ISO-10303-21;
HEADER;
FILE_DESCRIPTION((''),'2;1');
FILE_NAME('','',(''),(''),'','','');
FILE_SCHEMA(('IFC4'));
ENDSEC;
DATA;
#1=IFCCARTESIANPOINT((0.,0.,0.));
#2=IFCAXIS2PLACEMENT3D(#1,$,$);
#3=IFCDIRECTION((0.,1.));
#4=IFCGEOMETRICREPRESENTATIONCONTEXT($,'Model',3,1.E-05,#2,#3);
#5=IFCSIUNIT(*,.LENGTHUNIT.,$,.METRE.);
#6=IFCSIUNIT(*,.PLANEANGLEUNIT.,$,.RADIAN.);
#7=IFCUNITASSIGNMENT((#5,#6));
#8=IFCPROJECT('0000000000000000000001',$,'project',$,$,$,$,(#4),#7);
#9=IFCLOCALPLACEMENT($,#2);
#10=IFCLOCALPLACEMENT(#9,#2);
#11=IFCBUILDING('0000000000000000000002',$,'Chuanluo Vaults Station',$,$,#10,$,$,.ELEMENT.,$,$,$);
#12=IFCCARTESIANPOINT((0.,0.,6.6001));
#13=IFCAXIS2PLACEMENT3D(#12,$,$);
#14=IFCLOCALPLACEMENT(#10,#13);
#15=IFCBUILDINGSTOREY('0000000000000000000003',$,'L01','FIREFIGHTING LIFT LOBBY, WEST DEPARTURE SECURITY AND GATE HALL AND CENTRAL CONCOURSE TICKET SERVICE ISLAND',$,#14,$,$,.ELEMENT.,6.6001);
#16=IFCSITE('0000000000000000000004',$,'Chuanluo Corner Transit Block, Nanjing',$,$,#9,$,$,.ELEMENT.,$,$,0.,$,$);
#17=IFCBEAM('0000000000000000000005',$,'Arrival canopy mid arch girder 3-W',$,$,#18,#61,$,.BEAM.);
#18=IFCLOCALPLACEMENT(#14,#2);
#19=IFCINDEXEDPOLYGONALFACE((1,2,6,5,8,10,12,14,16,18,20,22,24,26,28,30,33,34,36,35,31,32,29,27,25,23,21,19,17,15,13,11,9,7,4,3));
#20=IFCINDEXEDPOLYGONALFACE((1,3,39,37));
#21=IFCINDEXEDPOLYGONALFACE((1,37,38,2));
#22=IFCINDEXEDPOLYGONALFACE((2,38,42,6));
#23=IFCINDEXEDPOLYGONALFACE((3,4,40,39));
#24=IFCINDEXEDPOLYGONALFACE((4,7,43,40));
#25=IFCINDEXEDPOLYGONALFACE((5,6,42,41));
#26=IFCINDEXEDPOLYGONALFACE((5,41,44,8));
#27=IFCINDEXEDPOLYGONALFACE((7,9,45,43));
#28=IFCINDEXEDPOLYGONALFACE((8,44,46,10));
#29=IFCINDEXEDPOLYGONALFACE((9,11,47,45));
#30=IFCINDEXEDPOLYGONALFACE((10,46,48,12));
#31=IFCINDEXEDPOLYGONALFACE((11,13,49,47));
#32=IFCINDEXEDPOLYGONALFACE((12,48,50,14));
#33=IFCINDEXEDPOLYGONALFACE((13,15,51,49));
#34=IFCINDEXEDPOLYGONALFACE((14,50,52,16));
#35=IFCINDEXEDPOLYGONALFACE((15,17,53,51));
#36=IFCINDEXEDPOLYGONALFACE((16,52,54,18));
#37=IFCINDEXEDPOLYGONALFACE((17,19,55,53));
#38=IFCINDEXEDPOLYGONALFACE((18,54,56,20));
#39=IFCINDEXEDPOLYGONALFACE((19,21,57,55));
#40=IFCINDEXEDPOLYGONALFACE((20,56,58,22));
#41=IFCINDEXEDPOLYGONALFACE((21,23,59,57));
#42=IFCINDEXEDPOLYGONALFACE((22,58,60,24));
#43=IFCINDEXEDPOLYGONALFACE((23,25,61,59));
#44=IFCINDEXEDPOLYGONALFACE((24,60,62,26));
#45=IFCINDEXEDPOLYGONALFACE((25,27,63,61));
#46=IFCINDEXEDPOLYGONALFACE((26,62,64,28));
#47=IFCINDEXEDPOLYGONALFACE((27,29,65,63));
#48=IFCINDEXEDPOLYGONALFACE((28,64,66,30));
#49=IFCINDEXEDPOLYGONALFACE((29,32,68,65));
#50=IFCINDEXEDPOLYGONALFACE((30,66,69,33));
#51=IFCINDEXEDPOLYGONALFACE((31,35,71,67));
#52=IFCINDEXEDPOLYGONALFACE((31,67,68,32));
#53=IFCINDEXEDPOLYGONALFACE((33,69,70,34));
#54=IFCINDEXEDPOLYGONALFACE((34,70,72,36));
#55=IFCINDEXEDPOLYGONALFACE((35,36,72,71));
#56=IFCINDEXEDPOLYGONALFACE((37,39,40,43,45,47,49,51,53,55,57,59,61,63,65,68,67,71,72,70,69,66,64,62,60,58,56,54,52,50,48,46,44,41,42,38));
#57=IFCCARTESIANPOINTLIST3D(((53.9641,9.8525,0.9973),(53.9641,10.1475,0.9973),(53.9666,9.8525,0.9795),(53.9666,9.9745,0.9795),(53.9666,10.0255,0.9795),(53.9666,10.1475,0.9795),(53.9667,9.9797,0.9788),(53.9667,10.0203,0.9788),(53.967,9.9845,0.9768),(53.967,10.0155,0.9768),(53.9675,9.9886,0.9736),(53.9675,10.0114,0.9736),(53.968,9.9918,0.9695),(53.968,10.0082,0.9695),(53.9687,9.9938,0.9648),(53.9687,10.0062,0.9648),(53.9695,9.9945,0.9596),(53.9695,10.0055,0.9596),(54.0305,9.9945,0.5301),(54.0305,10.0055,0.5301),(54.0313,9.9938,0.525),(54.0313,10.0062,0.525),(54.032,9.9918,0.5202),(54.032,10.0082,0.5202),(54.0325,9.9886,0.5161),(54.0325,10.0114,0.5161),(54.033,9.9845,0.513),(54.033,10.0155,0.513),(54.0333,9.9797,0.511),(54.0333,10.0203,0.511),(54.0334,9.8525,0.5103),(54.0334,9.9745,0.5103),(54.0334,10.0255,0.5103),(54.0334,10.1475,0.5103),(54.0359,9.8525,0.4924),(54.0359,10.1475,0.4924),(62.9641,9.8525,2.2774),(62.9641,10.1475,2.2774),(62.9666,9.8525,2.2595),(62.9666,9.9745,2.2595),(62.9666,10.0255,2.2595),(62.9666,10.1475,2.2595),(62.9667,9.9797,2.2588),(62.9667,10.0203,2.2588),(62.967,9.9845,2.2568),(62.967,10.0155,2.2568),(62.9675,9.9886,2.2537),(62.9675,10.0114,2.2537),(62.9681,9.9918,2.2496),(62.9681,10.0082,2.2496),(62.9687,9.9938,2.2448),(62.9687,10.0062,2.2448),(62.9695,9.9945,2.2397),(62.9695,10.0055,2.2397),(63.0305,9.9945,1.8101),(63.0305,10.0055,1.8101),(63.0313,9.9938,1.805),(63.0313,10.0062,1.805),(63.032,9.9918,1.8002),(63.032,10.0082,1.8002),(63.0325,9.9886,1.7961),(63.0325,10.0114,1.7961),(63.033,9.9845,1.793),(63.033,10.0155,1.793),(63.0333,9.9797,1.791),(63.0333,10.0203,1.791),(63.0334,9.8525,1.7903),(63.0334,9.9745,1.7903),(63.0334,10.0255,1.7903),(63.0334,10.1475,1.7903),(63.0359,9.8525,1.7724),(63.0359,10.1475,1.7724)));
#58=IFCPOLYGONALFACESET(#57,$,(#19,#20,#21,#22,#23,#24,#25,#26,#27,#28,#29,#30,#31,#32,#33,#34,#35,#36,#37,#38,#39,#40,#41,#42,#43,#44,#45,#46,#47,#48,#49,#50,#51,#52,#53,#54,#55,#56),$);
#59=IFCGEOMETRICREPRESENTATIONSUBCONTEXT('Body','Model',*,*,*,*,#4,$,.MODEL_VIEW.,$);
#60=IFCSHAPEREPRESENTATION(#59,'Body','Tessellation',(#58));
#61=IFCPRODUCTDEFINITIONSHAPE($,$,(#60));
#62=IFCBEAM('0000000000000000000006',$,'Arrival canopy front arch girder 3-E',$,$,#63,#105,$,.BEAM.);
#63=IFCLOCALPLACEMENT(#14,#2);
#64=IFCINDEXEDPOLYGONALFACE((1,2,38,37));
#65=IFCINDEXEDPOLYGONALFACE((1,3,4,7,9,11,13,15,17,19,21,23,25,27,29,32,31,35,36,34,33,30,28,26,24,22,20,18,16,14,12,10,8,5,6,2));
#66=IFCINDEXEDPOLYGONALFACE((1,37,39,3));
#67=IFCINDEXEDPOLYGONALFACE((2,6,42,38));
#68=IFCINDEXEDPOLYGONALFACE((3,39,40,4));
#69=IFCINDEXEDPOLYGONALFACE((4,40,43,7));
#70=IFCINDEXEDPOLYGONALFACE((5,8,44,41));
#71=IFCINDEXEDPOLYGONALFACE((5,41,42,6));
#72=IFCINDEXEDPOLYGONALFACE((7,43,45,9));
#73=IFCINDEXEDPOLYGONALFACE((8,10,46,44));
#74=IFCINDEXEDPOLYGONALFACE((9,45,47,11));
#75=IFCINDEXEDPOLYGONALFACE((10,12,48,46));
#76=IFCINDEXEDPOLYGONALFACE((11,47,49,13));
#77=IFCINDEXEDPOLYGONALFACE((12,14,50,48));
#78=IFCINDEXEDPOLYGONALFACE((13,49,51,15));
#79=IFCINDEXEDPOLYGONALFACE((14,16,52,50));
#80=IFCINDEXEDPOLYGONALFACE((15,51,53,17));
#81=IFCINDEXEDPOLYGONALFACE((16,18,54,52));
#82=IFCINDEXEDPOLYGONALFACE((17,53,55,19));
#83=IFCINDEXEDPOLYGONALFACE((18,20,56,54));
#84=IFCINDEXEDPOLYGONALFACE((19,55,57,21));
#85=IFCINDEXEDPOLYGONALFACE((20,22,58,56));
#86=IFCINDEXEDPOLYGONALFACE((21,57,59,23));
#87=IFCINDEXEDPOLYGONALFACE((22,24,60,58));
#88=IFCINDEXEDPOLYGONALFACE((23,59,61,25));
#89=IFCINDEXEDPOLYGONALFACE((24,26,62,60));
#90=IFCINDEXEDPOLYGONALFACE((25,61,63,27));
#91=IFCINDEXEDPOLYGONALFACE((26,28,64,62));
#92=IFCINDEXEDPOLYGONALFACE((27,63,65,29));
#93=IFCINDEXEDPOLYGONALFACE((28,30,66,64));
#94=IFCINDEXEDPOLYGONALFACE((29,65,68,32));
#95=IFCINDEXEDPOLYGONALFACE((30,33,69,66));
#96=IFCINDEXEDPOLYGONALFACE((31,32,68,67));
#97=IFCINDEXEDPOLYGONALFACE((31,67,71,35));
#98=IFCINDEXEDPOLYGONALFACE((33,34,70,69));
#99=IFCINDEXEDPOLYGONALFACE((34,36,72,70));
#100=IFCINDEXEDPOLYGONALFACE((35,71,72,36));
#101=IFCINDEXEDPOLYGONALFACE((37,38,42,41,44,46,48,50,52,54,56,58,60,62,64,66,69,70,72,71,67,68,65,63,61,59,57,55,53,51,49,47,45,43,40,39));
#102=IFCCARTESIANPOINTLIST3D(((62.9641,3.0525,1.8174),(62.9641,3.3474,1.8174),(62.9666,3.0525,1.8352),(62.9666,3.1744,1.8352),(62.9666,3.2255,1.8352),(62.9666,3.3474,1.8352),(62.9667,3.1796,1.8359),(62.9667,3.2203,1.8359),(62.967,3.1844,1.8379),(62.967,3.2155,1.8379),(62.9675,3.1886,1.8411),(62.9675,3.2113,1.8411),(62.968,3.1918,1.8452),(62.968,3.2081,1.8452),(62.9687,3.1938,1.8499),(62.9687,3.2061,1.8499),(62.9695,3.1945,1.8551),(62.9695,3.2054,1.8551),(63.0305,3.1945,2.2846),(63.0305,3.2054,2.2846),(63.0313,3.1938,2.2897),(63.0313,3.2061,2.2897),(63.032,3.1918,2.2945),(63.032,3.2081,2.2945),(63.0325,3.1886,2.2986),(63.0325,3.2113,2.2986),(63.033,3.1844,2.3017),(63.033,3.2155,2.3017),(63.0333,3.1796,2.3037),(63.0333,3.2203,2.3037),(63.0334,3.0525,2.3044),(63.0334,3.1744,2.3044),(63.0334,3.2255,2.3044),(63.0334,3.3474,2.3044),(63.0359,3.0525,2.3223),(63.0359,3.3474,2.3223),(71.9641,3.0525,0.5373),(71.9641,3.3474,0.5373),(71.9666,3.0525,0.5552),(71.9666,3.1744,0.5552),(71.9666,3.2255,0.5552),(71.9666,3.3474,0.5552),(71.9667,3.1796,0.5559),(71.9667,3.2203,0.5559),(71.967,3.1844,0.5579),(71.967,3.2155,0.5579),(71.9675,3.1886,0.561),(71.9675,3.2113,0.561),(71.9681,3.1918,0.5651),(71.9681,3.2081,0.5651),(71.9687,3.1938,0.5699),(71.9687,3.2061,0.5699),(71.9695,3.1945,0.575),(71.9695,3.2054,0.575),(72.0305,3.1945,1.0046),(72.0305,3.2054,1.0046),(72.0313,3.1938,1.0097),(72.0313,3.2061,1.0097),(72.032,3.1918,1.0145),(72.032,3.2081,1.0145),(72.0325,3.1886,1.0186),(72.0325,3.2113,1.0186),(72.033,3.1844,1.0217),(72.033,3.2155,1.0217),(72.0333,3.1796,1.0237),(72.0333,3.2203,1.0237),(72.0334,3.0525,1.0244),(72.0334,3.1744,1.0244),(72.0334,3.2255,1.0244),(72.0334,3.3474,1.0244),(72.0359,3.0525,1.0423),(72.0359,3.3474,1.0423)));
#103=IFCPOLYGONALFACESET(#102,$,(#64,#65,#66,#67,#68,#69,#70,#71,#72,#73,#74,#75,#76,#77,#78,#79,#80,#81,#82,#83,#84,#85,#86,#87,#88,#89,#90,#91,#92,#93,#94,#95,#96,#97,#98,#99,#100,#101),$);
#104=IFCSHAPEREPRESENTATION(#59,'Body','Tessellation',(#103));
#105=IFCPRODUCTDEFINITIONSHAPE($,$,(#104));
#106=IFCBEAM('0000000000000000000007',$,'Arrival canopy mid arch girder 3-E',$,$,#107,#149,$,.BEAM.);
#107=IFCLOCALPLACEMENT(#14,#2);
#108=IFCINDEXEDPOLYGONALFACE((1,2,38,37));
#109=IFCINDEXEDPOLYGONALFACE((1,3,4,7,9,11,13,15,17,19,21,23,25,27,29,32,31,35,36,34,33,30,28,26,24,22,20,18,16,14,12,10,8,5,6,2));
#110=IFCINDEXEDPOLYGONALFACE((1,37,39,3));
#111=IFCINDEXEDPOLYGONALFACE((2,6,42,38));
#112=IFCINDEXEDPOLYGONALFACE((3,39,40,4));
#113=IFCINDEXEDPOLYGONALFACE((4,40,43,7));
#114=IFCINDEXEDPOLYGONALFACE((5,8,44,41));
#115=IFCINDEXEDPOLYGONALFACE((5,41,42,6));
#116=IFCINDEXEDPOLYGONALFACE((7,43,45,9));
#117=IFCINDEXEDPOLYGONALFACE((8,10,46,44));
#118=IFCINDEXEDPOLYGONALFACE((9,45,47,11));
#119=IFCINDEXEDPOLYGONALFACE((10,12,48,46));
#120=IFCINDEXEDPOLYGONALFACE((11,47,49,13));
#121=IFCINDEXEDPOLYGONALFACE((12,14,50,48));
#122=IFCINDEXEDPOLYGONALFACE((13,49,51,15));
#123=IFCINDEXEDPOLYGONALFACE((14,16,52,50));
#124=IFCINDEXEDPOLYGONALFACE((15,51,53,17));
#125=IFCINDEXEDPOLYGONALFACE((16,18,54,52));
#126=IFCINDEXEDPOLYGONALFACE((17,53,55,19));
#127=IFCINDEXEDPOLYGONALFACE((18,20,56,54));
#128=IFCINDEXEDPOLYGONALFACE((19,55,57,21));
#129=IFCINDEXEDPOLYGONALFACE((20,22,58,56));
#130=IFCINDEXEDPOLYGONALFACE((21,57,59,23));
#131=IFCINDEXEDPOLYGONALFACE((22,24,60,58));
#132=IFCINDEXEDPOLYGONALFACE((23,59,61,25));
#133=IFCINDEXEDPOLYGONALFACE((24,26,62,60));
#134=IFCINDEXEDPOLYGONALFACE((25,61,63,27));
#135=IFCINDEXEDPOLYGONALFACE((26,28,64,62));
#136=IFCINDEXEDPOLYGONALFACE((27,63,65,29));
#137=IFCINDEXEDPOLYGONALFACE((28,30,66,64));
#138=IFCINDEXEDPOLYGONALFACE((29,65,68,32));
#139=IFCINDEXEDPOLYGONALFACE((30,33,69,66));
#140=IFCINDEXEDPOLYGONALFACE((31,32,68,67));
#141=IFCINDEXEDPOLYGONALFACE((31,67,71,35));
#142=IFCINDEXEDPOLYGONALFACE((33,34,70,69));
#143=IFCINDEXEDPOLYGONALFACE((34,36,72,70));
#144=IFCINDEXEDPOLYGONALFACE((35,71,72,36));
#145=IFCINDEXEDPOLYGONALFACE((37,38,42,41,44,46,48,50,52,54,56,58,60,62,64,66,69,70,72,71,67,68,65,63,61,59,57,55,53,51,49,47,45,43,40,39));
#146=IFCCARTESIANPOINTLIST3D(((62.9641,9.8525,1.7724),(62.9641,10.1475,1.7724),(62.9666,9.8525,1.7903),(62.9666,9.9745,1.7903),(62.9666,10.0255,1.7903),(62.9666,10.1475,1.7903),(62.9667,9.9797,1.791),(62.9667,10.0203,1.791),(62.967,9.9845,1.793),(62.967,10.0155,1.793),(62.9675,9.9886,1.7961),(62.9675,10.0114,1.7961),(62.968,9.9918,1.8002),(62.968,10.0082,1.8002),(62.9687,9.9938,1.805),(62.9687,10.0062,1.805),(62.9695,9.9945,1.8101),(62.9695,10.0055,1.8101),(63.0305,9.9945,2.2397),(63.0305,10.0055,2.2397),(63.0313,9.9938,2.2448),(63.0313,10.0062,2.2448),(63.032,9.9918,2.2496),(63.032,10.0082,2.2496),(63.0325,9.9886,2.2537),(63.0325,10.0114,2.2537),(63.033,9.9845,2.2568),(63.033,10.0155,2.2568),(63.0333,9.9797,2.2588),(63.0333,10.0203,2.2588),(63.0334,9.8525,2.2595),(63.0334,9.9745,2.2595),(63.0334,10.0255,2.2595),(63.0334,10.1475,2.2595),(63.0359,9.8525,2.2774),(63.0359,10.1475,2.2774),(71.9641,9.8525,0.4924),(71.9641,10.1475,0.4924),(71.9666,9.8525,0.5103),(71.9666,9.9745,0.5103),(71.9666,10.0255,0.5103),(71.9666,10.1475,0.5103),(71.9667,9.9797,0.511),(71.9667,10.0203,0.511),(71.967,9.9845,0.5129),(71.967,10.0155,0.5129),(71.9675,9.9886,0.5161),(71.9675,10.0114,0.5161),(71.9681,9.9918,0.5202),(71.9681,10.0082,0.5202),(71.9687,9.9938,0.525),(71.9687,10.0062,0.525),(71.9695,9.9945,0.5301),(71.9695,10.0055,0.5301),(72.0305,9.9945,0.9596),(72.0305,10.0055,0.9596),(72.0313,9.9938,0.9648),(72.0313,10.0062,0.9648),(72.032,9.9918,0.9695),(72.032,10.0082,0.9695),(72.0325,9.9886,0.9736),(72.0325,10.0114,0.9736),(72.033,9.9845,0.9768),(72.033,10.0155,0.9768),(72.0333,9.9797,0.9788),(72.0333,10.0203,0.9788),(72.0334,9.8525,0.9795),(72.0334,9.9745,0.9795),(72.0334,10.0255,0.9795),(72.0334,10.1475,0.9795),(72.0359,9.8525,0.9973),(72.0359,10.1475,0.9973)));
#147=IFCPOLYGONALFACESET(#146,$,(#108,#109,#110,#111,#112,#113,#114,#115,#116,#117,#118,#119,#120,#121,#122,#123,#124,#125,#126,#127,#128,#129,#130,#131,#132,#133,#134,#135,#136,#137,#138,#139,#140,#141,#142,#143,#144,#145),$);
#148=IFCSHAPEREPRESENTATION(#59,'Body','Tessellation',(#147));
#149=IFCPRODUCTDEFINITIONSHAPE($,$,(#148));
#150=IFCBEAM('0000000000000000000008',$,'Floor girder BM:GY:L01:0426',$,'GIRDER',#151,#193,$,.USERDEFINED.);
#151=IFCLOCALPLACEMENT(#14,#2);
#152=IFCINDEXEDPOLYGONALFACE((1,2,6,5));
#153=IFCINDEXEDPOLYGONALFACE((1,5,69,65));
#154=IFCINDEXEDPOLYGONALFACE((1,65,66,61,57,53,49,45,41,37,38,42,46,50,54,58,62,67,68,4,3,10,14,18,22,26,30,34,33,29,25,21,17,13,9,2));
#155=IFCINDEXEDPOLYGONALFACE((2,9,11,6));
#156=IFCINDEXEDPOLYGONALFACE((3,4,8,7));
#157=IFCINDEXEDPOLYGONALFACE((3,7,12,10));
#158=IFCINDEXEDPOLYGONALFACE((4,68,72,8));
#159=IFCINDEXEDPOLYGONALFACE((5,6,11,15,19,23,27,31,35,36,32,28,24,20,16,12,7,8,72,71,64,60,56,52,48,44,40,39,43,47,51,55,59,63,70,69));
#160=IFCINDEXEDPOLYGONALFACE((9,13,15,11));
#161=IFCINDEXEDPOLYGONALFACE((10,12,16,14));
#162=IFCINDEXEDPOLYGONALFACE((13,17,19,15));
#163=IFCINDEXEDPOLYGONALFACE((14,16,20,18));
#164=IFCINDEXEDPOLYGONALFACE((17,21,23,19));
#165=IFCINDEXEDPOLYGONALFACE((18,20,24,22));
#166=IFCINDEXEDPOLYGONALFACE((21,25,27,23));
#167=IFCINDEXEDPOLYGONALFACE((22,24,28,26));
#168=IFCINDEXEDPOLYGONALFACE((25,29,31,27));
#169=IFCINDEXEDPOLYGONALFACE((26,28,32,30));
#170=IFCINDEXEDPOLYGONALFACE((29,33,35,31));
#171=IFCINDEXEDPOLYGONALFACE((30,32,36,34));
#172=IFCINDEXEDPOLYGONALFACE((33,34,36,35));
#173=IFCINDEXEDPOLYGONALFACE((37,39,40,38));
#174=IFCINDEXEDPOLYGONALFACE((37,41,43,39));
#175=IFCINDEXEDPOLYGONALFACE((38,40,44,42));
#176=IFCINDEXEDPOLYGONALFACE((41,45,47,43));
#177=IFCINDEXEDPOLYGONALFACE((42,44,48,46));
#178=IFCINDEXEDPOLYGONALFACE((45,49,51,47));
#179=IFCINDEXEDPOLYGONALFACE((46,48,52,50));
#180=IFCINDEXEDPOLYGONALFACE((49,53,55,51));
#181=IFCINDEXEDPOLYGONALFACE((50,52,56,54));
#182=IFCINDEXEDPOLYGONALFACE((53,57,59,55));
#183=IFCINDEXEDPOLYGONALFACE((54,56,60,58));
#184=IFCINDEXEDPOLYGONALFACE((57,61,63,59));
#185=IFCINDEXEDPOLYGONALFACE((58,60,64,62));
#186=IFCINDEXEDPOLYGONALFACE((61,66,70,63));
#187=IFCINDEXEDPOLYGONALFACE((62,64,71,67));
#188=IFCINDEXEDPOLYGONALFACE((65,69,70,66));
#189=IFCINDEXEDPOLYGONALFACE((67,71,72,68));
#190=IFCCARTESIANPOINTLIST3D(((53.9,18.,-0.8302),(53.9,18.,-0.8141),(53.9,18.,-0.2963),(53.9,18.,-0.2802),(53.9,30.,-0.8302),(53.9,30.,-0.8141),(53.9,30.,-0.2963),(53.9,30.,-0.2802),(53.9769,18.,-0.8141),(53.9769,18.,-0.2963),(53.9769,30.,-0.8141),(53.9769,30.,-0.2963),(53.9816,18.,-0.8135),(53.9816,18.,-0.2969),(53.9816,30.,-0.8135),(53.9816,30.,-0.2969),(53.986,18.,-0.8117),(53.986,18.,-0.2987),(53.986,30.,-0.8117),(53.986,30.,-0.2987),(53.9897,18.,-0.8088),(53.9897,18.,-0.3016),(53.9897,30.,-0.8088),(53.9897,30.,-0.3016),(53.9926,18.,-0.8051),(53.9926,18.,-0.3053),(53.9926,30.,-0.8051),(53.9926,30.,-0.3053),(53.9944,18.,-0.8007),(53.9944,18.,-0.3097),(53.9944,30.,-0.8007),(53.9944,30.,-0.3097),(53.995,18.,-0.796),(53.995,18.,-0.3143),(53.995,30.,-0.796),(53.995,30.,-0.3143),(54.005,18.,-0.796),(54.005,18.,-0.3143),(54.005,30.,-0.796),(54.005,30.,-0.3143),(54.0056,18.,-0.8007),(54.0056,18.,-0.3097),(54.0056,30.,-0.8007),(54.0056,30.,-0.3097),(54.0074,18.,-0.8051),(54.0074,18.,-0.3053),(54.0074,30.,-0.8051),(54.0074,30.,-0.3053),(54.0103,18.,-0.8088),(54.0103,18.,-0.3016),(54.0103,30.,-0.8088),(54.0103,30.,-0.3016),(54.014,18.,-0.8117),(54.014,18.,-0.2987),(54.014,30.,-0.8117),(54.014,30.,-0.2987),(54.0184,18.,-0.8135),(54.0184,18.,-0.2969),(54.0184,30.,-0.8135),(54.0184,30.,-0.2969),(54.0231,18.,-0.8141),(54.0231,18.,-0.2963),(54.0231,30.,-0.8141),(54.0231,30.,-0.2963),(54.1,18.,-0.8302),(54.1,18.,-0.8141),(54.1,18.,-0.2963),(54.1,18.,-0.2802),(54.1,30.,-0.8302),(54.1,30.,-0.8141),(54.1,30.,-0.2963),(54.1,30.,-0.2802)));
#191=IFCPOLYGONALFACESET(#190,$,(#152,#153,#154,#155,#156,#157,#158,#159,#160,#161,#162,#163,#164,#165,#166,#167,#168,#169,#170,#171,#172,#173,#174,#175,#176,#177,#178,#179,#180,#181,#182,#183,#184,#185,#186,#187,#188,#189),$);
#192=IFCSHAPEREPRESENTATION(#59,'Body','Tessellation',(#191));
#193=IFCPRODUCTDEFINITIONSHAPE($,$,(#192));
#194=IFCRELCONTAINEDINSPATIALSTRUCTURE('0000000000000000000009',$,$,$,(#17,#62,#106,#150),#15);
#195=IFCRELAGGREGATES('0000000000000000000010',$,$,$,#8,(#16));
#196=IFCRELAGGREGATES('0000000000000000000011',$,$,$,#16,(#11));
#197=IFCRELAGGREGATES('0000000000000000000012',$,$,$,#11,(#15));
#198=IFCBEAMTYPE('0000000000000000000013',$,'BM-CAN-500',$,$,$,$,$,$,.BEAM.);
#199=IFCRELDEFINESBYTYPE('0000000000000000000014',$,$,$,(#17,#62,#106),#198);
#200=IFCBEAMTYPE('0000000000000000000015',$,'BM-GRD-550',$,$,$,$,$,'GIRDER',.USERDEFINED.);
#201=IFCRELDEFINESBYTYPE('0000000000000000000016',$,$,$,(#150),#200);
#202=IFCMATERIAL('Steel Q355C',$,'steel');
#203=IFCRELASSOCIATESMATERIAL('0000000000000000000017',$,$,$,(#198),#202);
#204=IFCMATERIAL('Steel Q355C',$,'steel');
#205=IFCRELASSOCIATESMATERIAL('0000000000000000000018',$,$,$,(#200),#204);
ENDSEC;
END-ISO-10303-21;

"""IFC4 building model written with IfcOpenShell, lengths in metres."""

from ifc_helpers import new_model, si_unit, direction, frame, origin, origin_2d, place, context, subcontext, project, spatial, i_section, extrude, material, material_profile, profile_set, type_object, element, save


model = new_model("IFC4")

# Units and contexts
model_context = context("Model", 3, precision=1e-05, world=origin(), true_north=direction((0.0, 1.0)))
body_context = subcontext(model_context, "Body", "Model", "MODEL_VIEW")
ifc_project = project(units=[si_unit("LENGTHUNIT", "METRE"), si_unit("PLANEANGLEUNIT", "RADIAN")], contexts=[model_context])

# Site, building, storey
site_placement = place(None, origin())
site = spatial("IfcSite", under=ifc_project, at=site_placement, Name="Chuanluo Corner Transit Block, Nanjing", CompositionType="ELEMENT", RefElevation=0.0)
building_placement = place(site_placement, origin())
building = spatial("IfcBuilding", under=site, at=building_placement, Name="Chuanluo Vaults Station", CompositionType="ELEMENT")
storey_placement = place(building_placement, frame((0.0, 0.0, 6.6001)))
storey = spatial("IfcBuildingStorey", under=building, at=storey_placement, Name="L01", Description="FIREFIGHTING LIFT LOBBY, WEST DEPARTURE SECURITY AND GATE HALL AND CENTRAL CONCOURSE TICKET SERVICE ISLAND", CompositionType="ELEMENT", Elevation=6.6001)

# Beams
ifc_material_1 = material(Name="Steel Q355C", Category="steel")
ifc_material_profile_1 = material_profile(ifc_material_1, i_section(OverallWidth=0.2949, OverallDepth=0.51, WebThickness=0.011, FlangeThickness=0.0181, FilletRadius=0.02, at=origin_2d()))
ifc_profile_set_1 = profile_set([ifc_material_profile_1], Name="Steel Q355C")
beam_type_1 = type_object("IfcBeamType", Name="BM-CAN-500", PredefinedType="BEAM", material=ifc_profile_set_1)
for number, where, z_axis, x_axis, name in (
    (1, (54.0, 10.0, 0.7449), (0.990037, 0.0, 0.140808), (0.0, 1.0, 0.0), "Arrival canopy mid arch girder 3-W"),
    (2, (63.0, 3.2, 2.0698), (0.990037, 0.0, -0.140808), (0.0, 1.0, 0.0), "Arrival canopy front arch girder 3-E"),
    (3, (63.0, 10.0, 2.0249), (0.990037, 0.0, -0.140808), (0.0, 1.0, 0.0), "Arrival canopy mid arch girder 3-E"),
):
    element("IfcBeam", number, at=place(storey_placement, frame(where, z_axis=z_axis, x_axis=x_axis)), inside=storey, type_object=beam_type_1, Name=name, PredefinedType="BEAM", context=body_context, shape_type="SweptSolid", body=[
        extrude(i_section(OverallWidth=0.2949, OverallDepth=0.51, WebThickness=0.011, FlangeThickness=0.0181, FilletRadius=0.02, at=origin_2d()), origin(), (0.0, 0.0, 1.0), 9.0906),
    ])
ifc_material_2 = material(Name="Steel Q355C", Category="steel")
ifc_material_profile_2 = material_profile(ifc_material_2, i_section(OverallWidth=0.2, OverallDepth=0.55, WebThickness=0.01, FlangeThickness=0.0161, FilletRadius=0.0181, at=origin_2d()))
ifc_profile_set_2 = profile_set([ifc_material_profile_2], Name="Steel Q355C")
beam_type_2 = type_object("IfcBeamType", Name="BM-GRD-550", ElementType="GIRDER", PredefinedType="USERDEFINED", material=ifc_profile_set_2)
beam_1_placement = place(storey_placement, frame((54.0, 18.0, -0.5552), z_axis=(0.0, 1.0, 0.0), x_axis=(-1.0, 0.0, 0.0)))
element("IfcBeam", 4, at=beam_1_placement, inside=storey, type_object=beam_type_2, Name="Floor girder BM:GY:L01:0426", ObjectType="GIRDER", PredefinedType="USERDEFINED", context=body_context, shape_type="SweptSolid", body=[
    extrude(i_section(OverallWidth=0.2, OverallDepth=0.55, WebThickness=0.01, FlangeThickness=0.0161, FilletRadius=0.0181, at=origin_2d()), origin(), (0.0, 0.0, 1.0), 12.0),
])

save(model, "model.ifc")
